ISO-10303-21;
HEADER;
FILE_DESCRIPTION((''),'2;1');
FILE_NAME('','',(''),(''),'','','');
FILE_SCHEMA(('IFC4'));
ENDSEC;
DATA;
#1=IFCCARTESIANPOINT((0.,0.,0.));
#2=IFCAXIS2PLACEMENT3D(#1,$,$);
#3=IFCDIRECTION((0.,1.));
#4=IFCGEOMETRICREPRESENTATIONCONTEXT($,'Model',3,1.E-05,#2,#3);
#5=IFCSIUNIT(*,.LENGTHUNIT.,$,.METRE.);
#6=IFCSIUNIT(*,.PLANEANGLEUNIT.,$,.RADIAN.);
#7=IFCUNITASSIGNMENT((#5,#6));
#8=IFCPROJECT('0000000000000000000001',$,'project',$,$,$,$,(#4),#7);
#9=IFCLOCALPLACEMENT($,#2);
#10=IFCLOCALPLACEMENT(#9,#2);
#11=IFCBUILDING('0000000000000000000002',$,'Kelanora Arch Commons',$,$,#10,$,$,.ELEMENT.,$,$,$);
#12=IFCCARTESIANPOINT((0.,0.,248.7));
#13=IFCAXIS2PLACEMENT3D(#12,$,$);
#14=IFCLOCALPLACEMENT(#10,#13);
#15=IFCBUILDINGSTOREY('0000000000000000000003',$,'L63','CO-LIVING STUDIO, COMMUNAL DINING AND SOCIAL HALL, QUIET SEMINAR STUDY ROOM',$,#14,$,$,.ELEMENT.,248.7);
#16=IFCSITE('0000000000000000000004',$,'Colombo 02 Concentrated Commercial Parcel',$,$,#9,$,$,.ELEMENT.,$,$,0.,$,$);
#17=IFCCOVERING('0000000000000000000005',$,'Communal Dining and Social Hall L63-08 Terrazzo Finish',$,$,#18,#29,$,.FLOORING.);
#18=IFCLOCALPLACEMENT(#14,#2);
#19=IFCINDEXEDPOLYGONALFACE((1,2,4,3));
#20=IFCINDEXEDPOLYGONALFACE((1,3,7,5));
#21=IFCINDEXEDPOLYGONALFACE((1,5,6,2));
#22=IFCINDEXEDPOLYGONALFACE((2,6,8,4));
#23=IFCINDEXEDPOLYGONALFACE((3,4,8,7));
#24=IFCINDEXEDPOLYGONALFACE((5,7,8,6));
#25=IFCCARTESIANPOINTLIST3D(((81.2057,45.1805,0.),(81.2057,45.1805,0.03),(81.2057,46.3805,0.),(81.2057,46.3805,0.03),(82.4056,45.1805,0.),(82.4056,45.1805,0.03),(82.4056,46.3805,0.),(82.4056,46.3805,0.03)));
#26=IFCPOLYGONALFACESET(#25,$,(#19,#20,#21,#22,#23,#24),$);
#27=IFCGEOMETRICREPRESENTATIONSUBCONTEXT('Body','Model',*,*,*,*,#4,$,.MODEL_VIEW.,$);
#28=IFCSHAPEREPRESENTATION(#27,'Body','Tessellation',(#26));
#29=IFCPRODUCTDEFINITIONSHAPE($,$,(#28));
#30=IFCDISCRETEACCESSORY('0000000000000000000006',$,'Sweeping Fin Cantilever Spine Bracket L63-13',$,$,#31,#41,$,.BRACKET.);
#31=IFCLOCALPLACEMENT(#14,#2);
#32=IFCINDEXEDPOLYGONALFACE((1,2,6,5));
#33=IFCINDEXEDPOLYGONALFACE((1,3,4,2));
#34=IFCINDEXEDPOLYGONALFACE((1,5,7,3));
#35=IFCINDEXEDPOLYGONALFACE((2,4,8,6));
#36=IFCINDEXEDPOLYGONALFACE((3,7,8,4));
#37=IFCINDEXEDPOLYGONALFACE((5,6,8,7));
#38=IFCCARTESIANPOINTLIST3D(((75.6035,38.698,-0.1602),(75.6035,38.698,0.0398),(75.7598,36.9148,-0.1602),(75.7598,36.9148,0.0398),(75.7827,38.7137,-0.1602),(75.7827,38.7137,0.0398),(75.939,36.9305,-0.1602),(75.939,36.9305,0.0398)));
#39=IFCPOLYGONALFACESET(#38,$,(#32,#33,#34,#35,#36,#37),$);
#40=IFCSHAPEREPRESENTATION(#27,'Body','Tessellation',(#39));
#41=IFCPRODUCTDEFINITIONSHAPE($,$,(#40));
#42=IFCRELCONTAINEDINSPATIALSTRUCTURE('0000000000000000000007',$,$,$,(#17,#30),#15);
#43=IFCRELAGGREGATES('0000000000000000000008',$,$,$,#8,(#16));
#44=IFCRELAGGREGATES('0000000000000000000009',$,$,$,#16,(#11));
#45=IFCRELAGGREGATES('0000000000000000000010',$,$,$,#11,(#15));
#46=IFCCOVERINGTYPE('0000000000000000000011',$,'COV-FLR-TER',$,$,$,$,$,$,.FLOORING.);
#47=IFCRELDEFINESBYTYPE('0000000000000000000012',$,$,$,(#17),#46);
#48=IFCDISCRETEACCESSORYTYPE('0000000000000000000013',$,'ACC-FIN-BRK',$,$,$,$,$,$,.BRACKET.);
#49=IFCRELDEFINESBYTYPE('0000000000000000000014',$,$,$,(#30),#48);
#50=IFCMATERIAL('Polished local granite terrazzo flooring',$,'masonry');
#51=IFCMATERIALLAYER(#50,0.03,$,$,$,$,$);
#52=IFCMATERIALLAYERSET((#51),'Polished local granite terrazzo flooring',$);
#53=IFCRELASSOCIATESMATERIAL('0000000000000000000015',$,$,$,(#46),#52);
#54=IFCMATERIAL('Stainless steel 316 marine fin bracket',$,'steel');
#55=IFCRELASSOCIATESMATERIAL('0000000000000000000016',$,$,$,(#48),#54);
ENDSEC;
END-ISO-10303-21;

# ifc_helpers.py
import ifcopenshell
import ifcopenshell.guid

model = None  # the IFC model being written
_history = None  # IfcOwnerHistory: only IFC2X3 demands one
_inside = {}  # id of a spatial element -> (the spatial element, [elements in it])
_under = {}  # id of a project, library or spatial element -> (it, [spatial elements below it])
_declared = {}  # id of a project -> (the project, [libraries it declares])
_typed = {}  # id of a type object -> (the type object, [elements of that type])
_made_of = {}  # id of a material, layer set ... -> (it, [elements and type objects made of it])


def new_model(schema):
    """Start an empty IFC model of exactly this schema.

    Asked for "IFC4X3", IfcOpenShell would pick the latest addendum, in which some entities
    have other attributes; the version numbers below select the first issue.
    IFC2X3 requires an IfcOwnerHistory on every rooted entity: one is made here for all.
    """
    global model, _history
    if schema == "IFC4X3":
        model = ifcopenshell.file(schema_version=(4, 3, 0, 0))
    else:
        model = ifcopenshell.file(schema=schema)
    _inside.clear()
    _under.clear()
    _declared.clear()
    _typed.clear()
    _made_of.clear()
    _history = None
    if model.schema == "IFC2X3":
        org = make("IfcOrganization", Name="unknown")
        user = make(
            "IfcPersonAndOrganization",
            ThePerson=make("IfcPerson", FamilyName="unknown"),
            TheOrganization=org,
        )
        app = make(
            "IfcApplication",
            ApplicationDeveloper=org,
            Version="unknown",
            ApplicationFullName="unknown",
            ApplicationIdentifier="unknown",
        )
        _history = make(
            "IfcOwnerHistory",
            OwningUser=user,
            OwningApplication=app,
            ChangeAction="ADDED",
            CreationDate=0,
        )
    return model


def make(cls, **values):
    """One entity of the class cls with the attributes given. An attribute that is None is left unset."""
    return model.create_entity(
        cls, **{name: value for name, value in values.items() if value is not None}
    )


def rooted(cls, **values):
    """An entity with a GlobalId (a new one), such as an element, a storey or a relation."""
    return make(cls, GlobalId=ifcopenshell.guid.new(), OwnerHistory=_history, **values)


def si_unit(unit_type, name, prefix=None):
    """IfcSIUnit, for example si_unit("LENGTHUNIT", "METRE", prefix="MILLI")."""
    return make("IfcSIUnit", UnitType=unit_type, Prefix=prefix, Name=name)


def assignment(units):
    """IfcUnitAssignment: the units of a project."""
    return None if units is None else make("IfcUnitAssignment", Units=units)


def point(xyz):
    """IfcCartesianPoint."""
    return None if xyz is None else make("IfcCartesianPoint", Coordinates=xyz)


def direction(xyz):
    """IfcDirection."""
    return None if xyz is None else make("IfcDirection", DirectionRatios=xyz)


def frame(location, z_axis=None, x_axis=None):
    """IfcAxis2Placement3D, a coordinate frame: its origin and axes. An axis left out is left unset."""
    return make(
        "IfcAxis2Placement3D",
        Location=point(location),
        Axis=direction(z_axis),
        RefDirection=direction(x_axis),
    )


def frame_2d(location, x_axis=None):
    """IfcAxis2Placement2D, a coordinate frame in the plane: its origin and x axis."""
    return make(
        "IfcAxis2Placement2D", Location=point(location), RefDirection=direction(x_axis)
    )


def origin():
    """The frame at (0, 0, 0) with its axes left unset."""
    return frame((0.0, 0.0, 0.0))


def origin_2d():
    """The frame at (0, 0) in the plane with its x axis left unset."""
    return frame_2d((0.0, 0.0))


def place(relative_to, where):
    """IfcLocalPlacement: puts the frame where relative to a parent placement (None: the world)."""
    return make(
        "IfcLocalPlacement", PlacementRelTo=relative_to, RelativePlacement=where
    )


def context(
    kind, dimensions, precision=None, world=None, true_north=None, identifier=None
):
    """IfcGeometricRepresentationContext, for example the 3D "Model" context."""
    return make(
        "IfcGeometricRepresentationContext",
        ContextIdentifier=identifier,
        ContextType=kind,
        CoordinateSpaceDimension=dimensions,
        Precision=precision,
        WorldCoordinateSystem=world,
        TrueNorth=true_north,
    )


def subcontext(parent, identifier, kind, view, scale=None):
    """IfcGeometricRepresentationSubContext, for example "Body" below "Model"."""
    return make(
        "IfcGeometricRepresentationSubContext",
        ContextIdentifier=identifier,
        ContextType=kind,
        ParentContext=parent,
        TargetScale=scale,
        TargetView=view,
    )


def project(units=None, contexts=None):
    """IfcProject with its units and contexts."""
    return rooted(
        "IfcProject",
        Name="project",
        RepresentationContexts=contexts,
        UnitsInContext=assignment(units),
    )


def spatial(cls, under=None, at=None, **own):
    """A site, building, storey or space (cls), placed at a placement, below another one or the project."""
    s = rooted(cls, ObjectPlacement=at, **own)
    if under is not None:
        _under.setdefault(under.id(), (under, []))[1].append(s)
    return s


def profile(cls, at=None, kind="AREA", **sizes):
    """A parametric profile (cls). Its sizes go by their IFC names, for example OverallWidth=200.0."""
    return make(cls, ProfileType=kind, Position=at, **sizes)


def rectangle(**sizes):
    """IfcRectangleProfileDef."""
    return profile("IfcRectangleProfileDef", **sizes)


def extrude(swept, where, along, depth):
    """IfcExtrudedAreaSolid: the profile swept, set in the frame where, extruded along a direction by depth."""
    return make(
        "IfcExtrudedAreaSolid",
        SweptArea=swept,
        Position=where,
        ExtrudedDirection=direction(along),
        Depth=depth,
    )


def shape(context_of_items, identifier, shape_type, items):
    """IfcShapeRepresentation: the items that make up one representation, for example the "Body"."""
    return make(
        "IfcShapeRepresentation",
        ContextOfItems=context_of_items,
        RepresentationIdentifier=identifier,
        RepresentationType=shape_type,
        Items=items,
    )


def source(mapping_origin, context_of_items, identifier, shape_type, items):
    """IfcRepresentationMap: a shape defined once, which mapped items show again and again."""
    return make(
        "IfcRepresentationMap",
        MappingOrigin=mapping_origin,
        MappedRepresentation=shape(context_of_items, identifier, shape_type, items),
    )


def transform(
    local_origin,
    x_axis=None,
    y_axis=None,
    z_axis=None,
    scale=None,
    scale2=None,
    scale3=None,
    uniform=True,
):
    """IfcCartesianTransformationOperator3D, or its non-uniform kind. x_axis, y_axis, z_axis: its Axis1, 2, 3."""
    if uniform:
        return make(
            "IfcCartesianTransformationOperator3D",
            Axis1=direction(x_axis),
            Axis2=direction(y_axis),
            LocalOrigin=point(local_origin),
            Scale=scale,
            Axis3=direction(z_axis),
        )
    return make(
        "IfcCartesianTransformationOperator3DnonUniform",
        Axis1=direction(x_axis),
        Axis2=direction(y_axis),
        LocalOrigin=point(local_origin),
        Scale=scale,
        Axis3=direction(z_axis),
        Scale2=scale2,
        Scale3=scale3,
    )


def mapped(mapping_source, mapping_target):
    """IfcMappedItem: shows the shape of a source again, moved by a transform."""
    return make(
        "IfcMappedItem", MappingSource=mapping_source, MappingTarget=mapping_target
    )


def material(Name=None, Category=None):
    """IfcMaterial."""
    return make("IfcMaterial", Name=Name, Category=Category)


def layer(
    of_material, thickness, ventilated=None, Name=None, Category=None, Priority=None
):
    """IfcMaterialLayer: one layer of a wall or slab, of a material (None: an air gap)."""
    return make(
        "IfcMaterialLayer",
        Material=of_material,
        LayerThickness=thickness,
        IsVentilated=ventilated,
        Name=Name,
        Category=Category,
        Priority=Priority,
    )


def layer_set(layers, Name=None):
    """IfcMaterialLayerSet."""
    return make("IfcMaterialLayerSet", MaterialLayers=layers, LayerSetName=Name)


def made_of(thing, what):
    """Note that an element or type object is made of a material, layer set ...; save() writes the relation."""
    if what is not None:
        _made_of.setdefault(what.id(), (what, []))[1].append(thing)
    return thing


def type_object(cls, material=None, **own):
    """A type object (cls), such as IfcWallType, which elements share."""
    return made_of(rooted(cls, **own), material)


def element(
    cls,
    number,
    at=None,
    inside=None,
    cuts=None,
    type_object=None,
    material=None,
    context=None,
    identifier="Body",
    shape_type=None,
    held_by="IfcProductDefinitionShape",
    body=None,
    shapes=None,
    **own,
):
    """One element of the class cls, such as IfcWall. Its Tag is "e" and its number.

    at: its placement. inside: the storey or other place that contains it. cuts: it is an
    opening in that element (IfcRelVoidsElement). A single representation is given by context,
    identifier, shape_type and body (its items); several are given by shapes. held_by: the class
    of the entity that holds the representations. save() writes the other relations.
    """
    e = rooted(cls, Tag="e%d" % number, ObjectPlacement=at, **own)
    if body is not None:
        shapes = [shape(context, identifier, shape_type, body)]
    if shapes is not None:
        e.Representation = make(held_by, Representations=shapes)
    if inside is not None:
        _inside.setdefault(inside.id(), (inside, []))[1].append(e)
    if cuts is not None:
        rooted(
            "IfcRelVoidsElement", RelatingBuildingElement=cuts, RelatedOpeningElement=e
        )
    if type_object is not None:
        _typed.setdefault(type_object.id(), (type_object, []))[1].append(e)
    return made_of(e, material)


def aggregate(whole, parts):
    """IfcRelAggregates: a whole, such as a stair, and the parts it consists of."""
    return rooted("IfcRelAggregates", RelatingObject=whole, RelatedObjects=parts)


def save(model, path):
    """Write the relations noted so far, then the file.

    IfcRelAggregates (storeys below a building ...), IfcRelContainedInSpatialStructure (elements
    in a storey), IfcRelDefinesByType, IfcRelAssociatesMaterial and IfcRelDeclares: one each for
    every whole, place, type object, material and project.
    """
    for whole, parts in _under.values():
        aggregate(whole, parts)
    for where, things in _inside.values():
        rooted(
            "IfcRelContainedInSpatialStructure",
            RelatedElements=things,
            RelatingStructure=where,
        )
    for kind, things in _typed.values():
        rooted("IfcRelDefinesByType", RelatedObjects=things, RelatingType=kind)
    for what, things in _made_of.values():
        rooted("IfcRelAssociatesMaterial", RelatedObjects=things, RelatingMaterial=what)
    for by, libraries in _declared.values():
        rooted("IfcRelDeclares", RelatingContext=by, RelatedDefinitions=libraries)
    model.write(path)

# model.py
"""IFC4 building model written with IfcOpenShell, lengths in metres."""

from ifc_helpers import new_model, si_unit, direction, frame, origin, origin_2d, place, context, subcontext, project, spatial, rectangle, extrude, source, transform, mapped, material, layer, layer_set, type_object, element, save


model = new_model("IFC4")

# Units and contexts
model_context = context("Model", 3, precision=1e-05, world=origin(), true_north=direction((0.0, 1.0)))
body_context = subcontext(model_context, "Body", "Model", "MODEL_VIEW")
ifc_project = project(units=[si_unit("LENGTHUNIT", "METRE"), si_unit("PLANEANGLEUNIT", "RADIAN")], contexts=[model_context])

# Site, building, storey
site_placement = place(None, origin())
site = spatial("IfcSite", under=ifc_project, at=site_placement, Name="Colombo 02 Concentrated Commercial Parcel", CompositionType="ELEMENT", RefElevation=0.0)
building_placement = place(site_placement, origin())
building = spatial("IfcBuilding", under=site, at=building_placement, Name="Kelanora Arch Commons", CompositionType="ELEMENT")
storey_placement = place(building_placement, frame((0.0, 0.0, 248.7)))
storey = spatial("IfcBuildingStorey", under=building, at=storey_placement, Name="L63", Description="CO-LIVING STUDIO, COMMUNAL DINING AND SOCIAL HALL, QUIET SEMINAR STUDY ROOM", CompositionType="ELEMENT", Elevation=248.7)

# Covering
ifc_material_1 = material(Name="Polished local granite terrazzo flooring", Category="masonry")
ifc_layer_1 = layer(ifc_material_1, 0.03)
ifc_layer_set_1 = layer_set([ifc_layer_1], Name="Polished local granite terrazzo flooring")
covering_type = type_object("IfcCoveringType", Name="COV-FLR-TER", PredefinedType="FLOORING", material=ifc_layer_set_1)
shared_shape_1 = source(origin(), body_context, "Body", "SweptSolid", [
    extrude(rectangle(XDim=1.2, YDim=1.2, at=origin_2d()), origin(), (0.0, 0.0, 1.0), 0.03),
])
covering_placement = place(storey_placement, frame((81.8057, 45.7805, 0.0), z_axis=(0.0, 0.0, 1.0), x_axis=(1.0, 0.0, 0.0)))
element("IfcCovering", 1, at=covering_placement, inside=storey, type_object=covering_type, Name="Communal Dining and Social Hall L63-08 Terrazzo Finish", PredefinedType="FLOORING", context=body_context, shape_type="MappedRepresentation", body=[
    mapped(shared_shape_1, transform((0.0, 0.0, 0.0), scale=1.0)),
])

# Discrete accessory
ifc_material_2 = material(Name="Stainless steel 316 marine fin bracket", Category="steel")
discrete_accessory_type = type_object("IfcDiscreteAccessoryType", Name="ACC-FIN-BRK", PredefinedType="BRACKET", material=ifc_material_2)
shared_shape_2 = source(origin(), body_context, "Body", "SweptSolid", [
    extrude(rectangle(XDim=1.79, YDim=0.1799, at=origin_2d()), origin(), (0.0, 0.0, 1.0), 0.2),
])
discrete_accessory_placement = place(storey_placement, frame((75.7712, 37.8142, -0.1602), z_axis=(0.0, 0.0, 1.0), x_axis=(0.08733, -0.996179, 0.0)))
element("IfcDiscreteAccessory", 2, at=discrete_accessory_placement, inside=storey, type_object=discrete_accessory_type, Name="Sweeping Fin Cantilever Spine Bracket L63-13", PredefinedType="BRACKET", context=body_context, shape_type="MappedRepresentation", body=[
    mapped(shared_shape_2, transform((0.0, 0.0, 0.0), scale=1.0)),
])

save(model, "model.ifc")
